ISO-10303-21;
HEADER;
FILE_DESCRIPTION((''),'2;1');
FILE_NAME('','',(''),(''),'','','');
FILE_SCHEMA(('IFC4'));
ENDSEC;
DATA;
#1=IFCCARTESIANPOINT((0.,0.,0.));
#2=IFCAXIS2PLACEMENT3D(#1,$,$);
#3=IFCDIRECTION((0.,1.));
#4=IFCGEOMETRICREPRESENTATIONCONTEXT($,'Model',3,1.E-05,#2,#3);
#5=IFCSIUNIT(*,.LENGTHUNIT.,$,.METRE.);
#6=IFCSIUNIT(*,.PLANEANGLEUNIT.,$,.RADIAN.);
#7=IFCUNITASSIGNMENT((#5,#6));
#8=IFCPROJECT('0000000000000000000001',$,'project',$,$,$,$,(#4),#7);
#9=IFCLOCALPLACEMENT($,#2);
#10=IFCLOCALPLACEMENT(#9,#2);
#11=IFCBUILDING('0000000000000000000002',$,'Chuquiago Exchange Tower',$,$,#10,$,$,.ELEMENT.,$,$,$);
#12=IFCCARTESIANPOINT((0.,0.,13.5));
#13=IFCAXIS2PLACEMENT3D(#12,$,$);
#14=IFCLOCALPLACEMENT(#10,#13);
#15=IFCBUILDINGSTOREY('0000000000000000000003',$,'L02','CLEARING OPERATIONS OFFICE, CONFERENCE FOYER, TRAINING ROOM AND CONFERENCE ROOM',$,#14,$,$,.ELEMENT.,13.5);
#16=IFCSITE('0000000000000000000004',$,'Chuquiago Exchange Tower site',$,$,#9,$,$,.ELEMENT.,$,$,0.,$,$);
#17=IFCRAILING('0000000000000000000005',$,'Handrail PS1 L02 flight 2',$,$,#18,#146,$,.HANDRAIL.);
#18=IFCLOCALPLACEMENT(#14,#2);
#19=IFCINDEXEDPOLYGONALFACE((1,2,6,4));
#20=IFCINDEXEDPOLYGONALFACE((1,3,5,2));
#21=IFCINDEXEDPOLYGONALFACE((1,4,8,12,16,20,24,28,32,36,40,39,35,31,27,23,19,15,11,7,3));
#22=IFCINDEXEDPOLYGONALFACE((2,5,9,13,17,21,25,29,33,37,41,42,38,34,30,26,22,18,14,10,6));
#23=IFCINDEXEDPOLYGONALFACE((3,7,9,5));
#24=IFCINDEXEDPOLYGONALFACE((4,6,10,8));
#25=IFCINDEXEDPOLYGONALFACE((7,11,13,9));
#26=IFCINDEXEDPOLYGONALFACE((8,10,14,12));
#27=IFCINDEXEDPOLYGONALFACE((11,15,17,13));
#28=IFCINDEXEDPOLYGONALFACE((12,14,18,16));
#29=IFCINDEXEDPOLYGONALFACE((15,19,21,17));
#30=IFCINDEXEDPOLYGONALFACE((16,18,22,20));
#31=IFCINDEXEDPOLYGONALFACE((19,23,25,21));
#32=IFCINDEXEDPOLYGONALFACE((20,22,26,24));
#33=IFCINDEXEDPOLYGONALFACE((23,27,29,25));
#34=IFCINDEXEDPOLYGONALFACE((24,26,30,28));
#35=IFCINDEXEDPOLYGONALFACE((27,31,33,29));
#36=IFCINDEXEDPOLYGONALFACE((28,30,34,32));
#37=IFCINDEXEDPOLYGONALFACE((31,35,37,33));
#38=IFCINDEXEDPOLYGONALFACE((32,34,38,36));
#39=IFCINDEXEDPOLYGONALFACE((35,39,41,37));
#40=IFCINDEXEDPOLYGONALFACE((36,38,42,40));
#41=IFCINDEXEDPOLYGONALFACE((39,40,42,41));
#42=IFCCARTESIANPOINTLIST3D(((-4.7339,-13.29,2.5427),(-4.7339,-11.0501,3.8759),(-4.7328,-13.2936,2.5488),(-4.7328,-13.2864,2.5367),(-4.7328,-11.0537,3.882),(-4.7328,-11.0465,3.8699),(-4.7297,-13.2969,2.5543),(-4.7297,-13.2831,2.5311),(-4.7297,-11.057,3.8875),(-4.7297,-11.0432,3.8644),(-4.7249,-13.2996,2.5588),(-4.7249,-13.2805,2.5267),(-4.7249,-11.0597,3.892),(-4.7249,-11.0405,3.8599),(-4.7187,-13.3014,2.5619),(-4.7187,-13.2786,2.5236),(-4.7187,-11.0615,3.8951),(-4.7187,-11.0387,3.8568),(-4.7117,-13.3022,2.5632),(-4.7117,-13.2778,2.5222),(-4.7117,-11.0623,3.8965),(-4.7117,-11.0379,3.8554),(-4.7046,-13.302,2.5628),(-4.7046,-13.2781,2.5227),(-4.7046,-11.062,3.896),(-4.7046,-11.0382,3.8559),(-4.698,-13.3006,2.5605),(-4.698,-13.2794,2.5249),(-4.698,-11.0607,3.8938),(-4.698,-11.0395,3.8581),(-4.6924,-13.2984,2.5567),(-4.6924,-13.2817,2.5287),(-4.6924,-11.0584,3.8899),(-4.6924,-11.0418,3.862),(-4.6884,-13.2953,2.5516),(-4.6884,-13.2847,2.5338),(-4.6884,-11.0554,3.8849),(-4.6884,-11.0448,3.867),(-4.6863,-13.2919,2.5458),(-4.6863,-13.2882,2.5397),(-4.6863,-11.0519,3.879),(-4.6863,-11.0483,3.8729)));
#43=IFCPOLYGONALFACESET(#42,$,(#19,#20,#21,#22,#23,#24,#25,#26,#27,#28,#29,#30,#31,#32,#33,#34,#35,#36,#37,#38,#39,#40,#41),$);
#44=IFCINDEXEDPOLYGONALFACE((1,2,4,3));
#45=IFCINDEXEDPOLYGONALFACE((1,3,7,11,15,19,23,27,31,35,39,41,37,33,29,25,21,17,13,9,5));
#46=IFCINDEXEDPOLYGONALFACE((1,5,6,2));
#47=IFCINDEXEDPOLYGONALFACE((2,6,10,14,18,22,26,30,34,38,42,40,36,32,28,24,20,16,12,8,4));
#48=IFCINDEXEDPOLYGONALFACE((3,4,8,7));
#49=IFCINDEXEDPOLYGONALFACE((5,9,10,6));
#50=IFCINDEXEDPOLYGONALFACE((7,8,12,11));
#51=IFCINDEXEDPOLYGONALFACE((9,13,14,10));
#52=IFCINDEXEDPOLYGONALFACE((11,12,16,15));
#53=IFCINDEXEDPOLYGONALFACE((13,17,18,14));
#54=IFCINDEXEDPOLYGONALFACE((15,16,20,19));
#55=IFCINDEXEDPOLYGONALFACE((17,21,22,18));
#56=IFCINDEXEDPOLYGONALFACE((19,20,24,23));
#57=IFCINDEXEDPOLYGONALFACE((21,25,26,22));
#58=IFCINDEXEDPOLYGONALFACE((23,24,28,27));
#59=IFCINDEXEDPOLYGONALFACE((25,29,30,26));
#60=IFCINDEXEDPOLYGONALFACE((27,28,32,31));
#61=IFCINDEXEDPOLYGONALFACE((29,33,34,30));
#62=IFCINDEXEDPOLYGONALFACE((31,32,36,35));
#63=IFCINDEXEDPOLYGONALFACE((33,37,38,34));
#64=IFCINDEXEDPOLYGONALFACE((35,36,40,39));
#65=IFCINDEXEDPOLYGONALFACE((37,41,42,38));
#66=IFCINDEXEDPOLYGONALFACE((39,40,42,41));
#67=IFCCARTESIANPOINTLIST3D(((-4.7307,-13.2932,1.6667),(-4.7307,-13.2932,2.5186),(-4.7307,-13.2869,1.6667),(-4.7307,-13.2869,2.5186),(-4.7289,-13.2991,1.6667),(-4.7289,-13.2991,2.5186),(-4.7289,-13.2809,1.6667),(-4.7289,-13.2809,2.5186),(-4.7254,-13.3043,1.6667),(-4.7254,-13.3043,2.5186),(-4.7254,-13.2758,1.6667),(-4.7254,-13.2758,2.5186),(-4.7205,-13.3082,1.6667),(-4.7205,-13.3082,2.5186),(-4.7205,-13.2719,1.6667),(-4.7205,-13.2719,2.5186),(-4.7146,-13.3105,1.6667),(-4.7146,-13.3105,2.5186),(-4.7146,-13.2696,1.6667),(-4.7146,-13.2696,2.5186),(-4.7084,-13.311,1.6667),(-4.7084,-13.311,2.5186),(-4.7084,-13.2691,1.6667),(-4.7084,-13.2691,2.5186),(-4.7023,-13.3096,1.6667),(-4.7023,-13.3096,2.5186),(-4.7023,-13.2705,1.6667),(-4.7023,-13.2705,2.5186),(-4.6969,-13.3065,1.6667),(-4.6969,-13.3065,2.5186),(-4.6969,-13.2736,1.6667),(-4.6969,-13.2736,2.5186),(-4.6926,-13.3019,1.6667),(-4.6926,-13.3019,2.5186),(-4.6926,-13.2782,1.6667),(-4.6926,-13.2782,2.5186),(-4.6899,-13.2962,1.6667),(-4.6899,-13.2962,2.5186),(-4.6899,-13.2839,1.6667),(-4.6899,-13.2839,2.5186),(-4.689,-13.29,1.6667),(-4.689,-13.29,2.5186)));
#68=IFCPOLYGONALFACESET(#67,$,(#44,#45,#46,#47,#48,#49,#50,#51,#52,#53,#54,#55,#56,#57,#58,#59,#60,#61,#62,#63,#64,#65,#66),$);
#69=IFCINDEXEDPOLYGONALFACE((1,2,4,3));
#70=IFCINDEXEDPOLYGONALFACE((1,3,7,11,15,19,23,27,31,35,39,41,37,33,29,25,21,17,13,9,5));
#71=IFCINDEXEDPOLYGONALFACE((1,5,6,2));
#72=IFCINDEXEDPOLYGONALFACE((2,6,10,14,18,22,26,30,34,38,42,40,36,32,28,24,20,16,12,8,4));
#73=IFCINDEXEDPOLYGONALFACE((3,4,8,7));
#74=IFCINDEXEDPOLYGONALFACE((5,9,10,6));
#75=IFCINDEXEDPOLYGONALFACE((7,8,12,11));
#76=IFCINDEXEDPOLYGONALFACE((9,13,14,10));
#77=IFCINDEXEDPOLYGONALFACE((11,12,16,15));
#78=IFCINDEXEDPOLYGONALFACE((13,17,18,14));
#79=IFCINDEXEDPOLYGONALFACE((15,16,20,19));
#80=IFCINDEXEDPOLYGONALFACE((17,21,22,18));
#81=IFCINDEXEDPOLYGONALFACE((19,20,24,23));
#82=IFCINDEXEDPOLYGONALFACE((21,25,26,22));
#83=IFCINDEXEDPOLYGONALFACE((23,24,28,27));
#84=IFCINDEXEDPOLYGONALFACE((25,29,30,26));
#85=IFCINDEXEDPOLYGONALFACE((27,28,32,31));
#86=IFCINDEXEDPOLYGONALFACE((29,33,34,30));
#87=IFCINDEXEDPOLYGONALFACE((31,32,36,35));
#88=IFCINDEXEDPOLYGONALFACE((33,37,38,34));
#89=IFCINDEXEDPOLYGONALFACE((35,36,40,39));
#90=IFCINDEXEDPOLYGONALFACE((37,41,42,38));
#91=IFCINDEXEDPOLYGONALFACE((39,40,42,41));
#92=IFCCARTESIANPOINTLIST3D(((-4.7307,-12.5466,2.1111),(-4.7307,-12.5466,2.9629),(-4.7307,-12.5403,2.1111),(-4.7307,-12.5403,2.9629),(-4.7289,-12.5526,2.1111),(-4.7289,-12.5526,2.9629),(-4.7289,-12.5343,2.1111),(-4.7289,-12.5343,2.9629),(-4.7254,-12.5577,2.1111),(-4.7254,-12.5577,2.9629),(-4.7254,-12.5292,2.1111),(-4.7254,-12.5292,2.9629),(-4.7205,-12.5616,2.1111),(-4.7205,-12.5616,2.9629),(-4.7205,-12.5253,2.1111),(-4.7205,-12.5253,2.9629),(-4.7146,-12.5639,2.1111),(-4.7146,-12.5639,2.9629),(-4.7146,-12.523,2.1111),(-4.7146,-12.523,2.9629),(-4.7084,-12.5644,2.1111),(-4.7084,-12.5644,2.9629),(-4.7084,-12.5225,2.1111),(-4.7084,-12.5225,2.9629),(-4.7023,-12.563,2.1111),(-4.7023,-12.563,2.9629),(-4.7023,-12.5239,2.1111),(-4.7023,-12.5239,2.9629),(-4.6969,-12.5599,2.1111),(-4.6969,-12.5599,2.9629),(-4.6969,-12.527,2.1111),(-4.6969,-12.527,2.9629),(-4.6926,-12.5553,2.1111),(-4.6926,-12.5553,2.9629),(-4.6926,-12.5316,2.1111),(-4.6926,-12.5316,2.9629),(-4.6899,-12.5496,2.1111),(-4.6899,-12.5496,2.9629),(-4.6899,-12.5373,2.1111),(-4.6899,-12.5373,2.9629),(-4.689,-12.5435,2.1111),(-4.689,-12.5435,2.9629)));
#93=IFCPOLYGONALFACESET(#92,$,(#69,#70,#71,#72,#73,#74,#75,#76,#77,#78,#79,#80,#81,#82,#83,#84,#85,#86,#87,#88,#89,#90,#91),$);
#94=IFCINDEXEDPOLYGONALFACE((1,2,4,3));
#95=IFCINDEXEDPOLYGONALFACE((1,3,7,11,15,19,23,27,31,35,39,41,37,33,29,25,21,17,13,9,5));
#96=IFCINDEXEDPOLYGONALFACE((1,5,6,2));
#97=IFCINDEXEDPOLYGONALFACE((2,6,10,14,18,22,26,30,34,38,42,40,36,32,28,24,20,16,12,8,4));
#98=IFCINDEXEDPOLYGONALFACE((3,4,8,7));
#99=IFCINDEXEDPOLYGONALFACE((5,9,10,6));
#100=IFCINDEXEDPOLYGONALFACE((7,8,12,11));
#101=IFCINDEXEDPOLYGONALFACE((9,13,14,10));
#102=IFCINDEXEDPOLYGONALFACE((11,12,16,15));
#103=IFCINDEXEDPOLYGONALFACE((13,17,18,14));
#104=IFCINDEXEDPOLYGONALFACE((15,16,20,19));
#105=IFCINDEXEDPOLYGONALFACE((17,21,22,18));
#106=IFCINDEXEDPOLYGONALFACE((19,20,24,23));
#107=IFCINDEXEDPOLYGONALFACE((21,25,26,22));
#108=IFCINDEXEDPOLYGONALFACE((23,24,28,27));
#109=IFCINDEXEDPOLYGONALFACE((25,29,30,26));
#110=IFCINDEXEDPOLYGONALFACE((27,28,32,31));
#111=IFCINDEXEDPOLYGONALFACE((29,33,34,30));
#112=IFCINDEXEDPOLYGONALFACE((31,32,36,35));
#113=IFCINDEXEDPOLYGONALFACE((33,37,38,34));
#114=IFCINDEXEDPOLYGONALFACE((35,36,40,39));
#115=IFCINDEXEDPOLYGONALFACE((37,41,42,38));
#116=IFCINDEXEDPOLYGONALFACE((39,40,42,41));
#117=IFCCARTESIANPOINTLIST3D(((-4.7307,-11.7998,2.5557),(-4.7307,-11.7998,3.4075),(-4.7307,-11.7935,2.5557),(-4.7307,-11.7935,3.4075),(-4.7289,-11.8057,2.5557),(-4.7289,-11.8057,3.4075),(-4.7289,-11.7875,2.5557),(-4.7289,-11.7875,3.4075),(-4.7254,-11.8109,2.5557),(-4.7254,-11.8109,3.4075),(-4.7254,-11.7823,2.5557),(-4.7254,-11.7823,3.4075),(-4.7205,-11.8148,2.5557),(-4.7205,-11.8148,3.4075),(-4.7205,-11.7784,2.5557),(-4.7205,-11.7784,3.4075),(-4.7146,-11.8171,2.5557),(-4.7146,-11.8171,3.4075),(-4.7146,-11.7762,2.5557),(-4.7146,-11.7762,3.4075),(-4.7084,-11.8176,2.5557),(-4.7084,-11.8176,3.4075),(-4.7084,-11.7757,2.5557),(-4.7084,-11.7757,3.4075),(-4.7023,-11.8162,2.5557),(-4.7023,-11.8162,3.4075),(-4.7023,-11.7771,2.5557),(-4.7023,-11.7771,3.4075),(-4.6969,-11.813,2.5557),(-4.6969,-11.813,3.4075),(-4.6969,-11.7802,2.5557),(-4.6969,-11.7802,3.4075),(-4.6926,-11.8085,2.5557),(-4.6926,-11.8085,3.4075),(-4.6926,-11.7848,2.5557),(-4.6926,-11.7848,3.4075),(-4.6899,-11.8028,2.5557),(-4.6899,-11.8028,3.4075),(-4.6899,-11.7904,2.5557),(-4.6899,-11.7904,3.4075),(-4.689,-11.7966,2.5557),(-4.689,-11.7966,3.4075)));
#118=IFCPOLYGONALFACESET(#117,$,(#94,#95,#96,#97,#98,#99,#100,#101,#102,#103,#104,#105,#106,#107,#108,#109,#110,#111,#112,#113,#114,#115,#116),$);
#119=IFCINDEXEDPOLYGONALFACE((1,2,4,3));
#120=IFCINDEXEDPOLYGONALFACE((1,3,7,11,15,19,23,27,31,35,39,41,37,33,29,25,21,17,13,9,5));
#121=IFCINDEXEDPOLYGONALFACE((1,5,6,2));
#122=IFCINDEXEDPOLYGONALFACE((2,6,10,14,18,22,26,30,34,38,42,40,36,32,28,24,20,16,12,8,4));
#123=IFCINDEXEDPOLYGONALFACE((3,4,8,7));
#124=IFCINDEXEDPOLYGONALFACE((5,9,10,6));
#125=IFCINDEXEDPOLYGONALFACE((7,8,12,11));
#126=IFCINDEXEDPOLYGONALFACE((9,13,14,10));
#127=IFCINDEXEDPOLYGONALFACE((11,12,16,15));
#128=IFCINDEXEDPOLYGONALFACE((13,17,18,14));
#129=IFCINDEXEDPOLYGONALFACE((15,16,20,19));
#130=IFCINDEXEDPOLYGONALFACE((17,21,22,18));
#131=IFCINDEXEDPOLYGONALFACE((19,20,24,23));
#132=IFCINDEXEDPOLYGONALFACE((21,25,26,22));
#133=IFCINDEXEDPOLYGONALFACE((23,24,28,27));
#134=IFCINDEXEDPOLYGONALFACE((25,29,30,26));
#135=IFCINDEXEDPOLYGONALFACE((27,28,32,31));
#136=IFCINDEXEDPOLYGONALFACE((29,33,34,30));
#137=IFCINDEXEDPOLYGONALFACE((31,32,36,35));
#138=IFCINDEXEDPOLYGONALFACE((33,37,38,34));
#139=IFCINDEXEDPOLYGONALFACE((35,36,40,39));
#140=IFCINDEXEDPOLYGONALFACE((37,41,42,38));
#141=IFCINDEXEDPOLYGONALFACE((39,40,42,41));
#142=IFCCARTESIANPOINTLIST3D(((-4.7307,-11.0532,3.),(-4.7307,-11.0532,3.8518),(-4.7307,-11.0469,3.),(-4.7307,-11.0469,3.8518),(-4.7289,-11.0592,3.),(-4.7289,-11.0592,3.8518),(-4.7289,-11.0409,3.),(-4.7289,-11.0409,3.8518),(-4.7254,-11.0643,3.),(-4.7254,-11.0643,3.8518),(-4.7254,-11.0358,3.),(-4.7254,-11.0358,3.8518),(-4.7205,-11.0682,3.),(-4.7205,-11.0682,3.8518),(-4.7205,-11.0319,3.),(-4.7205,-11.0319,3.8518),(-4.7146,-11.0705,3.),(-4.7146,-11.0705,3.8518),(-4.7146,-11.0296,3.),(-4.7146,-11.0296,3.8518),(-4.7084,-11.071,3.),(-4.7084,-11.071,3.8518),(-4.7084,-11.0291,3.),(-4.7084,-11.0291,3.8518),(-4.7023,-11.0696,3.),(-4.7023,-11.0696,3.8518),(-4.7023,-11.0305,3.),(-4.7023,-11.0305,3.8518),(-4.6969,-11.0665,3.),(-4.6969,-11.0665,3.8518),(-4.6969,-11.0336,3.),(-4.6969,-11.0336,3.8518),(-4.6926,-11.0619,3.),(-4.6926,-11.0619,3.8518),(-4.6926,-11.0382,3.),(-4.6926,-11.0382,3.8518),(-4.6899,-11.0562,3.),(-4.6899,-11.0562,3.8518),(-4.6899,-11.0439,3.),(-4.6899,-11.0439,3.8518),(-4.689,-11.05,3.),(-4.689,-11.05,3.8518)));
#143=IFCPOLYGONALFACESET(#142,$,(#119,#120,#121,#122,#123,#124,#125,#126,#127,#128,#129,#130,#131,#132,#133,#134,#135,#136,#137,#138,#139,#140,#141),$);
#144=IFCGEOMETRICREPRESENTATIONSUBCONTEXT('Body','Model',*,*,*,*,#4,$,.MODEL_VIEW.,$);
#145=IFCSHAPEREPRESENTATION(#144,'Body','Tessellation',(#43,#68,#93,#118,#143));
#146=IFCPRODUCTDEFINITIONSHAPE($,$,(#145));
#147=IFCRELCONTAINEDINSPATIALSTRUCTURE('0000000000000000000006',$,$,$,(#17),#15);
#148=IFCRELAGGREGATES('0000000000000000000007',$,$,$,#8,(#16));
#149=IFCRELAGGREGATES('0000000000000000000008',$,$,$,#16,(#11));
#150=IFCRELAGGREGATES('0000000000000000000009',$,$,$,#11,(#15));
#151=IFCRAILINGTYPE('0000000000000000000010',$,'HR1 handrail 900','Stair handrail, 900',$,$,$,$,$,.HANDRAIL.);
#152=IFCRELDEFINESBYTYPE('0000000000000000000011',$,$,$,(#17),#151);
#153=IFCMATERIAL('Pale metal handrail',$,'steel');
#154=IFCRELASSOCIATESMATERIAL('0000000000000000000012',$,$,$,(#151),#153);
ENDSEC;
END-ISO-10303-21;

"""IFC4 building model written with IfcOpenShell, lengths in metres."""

from ifc_helpers import new_model, si_unit, direction, frame, origin, origin_2d, place, context, subcontext, project, spatial, circle, extrude, material, type_object, element, save


model = new_model("IFC4")

# Units and contexts
model_context = context("Model", 3, precision=1e-05, world=origin(), true_north=direction((0.0, 1.0)))
body_context = subcontext(model_context, "Body", "Model", "MODEL_VIEW")
ifc_project = project(units=[si_unit("LENGTHUNIT", "METRE"), si_unit("PLANEANGLEUNIT", "RADIAN")], contexts=[model_context])

# Site, building, storey
site_placement = place(None, origin())
site = spatial("IfcSite", under=ifc_project, at=site_placement, Name="Chuquiago Exchange Tower site", CompositionType="ELEMENT", RefElevation=0.0)
building_placement = place(site_placement, origin())
building = spatial("IfcBuilding", under=site, at=building_placement, Name="Chuquiago Exchange Tower", CompositionType="ELEMENT")
storey_placement = place(building_placement, frame((0.0, 0.0, 13.5)))
storey = spatial("IfcBuildingStorey", under=building, at=storey_placement, Name="L02", Description="CLEARING OPERATIONS OFFICE, CONFERENCE FOYER, TRAINING ROOM AND CONFERENCE ROOM", CompositionType="ELEMENT", Elevation=13.5)

# Railing
ifc_material_1 = material(Name="Pale metal handrail", Category="steel")
railing_type = type_object("IfcRailingType", Name="HR1 handrail 900", Description="Stair handrail, 900", PredefinedType="HANDRAIL", material=ifc_material_1)
for number, where, name in (
    (1, (-4.71, -13.29, 1.6667), "Handrail PS1 L02 flight 2"),
):
    element("IfcRailing", number, at=place(storey_placement, frame(where)), inside=storey, type_object=railing_type, Name=name, PredefinedType="HANDRAIL", context=body_context, shape_type="SweptSolid", body=[
        extrude(circle(Radius=0.0239, at=origin_2d()), frame((0.0, 0.0, 0.876), z_axis=(0.0, 0.859306, 0.511462), x_axis=(-1.0, 0.0, 0.0)), (0.0, 0.0, 1.0), 2.6067),
        extrude(circle(Radius=0.021, at=origin_2d()), origin(), (0.0, 0.0, 1.0), 0.8518),
        extrude(circle(Radius=0.021, at=origin_2d()), frame((0.0, 0.7466, 0.4443)), (0.0, 0.0, 1.0), 0.8518),
        extrude(circle(Radius=0.021, at=origin_2d()), frame((0.0, 1.4934, 0.8889)), (0.0, 0.0, 1.0), 0.8518),
        extrude(circle(Radius=0.021, at=origin_2d()), frame((0.0, 2.24, 1.3333)), (0.0, 0.0, 1.0), 0.8518),
    ])

save(model, "model.ifc")
